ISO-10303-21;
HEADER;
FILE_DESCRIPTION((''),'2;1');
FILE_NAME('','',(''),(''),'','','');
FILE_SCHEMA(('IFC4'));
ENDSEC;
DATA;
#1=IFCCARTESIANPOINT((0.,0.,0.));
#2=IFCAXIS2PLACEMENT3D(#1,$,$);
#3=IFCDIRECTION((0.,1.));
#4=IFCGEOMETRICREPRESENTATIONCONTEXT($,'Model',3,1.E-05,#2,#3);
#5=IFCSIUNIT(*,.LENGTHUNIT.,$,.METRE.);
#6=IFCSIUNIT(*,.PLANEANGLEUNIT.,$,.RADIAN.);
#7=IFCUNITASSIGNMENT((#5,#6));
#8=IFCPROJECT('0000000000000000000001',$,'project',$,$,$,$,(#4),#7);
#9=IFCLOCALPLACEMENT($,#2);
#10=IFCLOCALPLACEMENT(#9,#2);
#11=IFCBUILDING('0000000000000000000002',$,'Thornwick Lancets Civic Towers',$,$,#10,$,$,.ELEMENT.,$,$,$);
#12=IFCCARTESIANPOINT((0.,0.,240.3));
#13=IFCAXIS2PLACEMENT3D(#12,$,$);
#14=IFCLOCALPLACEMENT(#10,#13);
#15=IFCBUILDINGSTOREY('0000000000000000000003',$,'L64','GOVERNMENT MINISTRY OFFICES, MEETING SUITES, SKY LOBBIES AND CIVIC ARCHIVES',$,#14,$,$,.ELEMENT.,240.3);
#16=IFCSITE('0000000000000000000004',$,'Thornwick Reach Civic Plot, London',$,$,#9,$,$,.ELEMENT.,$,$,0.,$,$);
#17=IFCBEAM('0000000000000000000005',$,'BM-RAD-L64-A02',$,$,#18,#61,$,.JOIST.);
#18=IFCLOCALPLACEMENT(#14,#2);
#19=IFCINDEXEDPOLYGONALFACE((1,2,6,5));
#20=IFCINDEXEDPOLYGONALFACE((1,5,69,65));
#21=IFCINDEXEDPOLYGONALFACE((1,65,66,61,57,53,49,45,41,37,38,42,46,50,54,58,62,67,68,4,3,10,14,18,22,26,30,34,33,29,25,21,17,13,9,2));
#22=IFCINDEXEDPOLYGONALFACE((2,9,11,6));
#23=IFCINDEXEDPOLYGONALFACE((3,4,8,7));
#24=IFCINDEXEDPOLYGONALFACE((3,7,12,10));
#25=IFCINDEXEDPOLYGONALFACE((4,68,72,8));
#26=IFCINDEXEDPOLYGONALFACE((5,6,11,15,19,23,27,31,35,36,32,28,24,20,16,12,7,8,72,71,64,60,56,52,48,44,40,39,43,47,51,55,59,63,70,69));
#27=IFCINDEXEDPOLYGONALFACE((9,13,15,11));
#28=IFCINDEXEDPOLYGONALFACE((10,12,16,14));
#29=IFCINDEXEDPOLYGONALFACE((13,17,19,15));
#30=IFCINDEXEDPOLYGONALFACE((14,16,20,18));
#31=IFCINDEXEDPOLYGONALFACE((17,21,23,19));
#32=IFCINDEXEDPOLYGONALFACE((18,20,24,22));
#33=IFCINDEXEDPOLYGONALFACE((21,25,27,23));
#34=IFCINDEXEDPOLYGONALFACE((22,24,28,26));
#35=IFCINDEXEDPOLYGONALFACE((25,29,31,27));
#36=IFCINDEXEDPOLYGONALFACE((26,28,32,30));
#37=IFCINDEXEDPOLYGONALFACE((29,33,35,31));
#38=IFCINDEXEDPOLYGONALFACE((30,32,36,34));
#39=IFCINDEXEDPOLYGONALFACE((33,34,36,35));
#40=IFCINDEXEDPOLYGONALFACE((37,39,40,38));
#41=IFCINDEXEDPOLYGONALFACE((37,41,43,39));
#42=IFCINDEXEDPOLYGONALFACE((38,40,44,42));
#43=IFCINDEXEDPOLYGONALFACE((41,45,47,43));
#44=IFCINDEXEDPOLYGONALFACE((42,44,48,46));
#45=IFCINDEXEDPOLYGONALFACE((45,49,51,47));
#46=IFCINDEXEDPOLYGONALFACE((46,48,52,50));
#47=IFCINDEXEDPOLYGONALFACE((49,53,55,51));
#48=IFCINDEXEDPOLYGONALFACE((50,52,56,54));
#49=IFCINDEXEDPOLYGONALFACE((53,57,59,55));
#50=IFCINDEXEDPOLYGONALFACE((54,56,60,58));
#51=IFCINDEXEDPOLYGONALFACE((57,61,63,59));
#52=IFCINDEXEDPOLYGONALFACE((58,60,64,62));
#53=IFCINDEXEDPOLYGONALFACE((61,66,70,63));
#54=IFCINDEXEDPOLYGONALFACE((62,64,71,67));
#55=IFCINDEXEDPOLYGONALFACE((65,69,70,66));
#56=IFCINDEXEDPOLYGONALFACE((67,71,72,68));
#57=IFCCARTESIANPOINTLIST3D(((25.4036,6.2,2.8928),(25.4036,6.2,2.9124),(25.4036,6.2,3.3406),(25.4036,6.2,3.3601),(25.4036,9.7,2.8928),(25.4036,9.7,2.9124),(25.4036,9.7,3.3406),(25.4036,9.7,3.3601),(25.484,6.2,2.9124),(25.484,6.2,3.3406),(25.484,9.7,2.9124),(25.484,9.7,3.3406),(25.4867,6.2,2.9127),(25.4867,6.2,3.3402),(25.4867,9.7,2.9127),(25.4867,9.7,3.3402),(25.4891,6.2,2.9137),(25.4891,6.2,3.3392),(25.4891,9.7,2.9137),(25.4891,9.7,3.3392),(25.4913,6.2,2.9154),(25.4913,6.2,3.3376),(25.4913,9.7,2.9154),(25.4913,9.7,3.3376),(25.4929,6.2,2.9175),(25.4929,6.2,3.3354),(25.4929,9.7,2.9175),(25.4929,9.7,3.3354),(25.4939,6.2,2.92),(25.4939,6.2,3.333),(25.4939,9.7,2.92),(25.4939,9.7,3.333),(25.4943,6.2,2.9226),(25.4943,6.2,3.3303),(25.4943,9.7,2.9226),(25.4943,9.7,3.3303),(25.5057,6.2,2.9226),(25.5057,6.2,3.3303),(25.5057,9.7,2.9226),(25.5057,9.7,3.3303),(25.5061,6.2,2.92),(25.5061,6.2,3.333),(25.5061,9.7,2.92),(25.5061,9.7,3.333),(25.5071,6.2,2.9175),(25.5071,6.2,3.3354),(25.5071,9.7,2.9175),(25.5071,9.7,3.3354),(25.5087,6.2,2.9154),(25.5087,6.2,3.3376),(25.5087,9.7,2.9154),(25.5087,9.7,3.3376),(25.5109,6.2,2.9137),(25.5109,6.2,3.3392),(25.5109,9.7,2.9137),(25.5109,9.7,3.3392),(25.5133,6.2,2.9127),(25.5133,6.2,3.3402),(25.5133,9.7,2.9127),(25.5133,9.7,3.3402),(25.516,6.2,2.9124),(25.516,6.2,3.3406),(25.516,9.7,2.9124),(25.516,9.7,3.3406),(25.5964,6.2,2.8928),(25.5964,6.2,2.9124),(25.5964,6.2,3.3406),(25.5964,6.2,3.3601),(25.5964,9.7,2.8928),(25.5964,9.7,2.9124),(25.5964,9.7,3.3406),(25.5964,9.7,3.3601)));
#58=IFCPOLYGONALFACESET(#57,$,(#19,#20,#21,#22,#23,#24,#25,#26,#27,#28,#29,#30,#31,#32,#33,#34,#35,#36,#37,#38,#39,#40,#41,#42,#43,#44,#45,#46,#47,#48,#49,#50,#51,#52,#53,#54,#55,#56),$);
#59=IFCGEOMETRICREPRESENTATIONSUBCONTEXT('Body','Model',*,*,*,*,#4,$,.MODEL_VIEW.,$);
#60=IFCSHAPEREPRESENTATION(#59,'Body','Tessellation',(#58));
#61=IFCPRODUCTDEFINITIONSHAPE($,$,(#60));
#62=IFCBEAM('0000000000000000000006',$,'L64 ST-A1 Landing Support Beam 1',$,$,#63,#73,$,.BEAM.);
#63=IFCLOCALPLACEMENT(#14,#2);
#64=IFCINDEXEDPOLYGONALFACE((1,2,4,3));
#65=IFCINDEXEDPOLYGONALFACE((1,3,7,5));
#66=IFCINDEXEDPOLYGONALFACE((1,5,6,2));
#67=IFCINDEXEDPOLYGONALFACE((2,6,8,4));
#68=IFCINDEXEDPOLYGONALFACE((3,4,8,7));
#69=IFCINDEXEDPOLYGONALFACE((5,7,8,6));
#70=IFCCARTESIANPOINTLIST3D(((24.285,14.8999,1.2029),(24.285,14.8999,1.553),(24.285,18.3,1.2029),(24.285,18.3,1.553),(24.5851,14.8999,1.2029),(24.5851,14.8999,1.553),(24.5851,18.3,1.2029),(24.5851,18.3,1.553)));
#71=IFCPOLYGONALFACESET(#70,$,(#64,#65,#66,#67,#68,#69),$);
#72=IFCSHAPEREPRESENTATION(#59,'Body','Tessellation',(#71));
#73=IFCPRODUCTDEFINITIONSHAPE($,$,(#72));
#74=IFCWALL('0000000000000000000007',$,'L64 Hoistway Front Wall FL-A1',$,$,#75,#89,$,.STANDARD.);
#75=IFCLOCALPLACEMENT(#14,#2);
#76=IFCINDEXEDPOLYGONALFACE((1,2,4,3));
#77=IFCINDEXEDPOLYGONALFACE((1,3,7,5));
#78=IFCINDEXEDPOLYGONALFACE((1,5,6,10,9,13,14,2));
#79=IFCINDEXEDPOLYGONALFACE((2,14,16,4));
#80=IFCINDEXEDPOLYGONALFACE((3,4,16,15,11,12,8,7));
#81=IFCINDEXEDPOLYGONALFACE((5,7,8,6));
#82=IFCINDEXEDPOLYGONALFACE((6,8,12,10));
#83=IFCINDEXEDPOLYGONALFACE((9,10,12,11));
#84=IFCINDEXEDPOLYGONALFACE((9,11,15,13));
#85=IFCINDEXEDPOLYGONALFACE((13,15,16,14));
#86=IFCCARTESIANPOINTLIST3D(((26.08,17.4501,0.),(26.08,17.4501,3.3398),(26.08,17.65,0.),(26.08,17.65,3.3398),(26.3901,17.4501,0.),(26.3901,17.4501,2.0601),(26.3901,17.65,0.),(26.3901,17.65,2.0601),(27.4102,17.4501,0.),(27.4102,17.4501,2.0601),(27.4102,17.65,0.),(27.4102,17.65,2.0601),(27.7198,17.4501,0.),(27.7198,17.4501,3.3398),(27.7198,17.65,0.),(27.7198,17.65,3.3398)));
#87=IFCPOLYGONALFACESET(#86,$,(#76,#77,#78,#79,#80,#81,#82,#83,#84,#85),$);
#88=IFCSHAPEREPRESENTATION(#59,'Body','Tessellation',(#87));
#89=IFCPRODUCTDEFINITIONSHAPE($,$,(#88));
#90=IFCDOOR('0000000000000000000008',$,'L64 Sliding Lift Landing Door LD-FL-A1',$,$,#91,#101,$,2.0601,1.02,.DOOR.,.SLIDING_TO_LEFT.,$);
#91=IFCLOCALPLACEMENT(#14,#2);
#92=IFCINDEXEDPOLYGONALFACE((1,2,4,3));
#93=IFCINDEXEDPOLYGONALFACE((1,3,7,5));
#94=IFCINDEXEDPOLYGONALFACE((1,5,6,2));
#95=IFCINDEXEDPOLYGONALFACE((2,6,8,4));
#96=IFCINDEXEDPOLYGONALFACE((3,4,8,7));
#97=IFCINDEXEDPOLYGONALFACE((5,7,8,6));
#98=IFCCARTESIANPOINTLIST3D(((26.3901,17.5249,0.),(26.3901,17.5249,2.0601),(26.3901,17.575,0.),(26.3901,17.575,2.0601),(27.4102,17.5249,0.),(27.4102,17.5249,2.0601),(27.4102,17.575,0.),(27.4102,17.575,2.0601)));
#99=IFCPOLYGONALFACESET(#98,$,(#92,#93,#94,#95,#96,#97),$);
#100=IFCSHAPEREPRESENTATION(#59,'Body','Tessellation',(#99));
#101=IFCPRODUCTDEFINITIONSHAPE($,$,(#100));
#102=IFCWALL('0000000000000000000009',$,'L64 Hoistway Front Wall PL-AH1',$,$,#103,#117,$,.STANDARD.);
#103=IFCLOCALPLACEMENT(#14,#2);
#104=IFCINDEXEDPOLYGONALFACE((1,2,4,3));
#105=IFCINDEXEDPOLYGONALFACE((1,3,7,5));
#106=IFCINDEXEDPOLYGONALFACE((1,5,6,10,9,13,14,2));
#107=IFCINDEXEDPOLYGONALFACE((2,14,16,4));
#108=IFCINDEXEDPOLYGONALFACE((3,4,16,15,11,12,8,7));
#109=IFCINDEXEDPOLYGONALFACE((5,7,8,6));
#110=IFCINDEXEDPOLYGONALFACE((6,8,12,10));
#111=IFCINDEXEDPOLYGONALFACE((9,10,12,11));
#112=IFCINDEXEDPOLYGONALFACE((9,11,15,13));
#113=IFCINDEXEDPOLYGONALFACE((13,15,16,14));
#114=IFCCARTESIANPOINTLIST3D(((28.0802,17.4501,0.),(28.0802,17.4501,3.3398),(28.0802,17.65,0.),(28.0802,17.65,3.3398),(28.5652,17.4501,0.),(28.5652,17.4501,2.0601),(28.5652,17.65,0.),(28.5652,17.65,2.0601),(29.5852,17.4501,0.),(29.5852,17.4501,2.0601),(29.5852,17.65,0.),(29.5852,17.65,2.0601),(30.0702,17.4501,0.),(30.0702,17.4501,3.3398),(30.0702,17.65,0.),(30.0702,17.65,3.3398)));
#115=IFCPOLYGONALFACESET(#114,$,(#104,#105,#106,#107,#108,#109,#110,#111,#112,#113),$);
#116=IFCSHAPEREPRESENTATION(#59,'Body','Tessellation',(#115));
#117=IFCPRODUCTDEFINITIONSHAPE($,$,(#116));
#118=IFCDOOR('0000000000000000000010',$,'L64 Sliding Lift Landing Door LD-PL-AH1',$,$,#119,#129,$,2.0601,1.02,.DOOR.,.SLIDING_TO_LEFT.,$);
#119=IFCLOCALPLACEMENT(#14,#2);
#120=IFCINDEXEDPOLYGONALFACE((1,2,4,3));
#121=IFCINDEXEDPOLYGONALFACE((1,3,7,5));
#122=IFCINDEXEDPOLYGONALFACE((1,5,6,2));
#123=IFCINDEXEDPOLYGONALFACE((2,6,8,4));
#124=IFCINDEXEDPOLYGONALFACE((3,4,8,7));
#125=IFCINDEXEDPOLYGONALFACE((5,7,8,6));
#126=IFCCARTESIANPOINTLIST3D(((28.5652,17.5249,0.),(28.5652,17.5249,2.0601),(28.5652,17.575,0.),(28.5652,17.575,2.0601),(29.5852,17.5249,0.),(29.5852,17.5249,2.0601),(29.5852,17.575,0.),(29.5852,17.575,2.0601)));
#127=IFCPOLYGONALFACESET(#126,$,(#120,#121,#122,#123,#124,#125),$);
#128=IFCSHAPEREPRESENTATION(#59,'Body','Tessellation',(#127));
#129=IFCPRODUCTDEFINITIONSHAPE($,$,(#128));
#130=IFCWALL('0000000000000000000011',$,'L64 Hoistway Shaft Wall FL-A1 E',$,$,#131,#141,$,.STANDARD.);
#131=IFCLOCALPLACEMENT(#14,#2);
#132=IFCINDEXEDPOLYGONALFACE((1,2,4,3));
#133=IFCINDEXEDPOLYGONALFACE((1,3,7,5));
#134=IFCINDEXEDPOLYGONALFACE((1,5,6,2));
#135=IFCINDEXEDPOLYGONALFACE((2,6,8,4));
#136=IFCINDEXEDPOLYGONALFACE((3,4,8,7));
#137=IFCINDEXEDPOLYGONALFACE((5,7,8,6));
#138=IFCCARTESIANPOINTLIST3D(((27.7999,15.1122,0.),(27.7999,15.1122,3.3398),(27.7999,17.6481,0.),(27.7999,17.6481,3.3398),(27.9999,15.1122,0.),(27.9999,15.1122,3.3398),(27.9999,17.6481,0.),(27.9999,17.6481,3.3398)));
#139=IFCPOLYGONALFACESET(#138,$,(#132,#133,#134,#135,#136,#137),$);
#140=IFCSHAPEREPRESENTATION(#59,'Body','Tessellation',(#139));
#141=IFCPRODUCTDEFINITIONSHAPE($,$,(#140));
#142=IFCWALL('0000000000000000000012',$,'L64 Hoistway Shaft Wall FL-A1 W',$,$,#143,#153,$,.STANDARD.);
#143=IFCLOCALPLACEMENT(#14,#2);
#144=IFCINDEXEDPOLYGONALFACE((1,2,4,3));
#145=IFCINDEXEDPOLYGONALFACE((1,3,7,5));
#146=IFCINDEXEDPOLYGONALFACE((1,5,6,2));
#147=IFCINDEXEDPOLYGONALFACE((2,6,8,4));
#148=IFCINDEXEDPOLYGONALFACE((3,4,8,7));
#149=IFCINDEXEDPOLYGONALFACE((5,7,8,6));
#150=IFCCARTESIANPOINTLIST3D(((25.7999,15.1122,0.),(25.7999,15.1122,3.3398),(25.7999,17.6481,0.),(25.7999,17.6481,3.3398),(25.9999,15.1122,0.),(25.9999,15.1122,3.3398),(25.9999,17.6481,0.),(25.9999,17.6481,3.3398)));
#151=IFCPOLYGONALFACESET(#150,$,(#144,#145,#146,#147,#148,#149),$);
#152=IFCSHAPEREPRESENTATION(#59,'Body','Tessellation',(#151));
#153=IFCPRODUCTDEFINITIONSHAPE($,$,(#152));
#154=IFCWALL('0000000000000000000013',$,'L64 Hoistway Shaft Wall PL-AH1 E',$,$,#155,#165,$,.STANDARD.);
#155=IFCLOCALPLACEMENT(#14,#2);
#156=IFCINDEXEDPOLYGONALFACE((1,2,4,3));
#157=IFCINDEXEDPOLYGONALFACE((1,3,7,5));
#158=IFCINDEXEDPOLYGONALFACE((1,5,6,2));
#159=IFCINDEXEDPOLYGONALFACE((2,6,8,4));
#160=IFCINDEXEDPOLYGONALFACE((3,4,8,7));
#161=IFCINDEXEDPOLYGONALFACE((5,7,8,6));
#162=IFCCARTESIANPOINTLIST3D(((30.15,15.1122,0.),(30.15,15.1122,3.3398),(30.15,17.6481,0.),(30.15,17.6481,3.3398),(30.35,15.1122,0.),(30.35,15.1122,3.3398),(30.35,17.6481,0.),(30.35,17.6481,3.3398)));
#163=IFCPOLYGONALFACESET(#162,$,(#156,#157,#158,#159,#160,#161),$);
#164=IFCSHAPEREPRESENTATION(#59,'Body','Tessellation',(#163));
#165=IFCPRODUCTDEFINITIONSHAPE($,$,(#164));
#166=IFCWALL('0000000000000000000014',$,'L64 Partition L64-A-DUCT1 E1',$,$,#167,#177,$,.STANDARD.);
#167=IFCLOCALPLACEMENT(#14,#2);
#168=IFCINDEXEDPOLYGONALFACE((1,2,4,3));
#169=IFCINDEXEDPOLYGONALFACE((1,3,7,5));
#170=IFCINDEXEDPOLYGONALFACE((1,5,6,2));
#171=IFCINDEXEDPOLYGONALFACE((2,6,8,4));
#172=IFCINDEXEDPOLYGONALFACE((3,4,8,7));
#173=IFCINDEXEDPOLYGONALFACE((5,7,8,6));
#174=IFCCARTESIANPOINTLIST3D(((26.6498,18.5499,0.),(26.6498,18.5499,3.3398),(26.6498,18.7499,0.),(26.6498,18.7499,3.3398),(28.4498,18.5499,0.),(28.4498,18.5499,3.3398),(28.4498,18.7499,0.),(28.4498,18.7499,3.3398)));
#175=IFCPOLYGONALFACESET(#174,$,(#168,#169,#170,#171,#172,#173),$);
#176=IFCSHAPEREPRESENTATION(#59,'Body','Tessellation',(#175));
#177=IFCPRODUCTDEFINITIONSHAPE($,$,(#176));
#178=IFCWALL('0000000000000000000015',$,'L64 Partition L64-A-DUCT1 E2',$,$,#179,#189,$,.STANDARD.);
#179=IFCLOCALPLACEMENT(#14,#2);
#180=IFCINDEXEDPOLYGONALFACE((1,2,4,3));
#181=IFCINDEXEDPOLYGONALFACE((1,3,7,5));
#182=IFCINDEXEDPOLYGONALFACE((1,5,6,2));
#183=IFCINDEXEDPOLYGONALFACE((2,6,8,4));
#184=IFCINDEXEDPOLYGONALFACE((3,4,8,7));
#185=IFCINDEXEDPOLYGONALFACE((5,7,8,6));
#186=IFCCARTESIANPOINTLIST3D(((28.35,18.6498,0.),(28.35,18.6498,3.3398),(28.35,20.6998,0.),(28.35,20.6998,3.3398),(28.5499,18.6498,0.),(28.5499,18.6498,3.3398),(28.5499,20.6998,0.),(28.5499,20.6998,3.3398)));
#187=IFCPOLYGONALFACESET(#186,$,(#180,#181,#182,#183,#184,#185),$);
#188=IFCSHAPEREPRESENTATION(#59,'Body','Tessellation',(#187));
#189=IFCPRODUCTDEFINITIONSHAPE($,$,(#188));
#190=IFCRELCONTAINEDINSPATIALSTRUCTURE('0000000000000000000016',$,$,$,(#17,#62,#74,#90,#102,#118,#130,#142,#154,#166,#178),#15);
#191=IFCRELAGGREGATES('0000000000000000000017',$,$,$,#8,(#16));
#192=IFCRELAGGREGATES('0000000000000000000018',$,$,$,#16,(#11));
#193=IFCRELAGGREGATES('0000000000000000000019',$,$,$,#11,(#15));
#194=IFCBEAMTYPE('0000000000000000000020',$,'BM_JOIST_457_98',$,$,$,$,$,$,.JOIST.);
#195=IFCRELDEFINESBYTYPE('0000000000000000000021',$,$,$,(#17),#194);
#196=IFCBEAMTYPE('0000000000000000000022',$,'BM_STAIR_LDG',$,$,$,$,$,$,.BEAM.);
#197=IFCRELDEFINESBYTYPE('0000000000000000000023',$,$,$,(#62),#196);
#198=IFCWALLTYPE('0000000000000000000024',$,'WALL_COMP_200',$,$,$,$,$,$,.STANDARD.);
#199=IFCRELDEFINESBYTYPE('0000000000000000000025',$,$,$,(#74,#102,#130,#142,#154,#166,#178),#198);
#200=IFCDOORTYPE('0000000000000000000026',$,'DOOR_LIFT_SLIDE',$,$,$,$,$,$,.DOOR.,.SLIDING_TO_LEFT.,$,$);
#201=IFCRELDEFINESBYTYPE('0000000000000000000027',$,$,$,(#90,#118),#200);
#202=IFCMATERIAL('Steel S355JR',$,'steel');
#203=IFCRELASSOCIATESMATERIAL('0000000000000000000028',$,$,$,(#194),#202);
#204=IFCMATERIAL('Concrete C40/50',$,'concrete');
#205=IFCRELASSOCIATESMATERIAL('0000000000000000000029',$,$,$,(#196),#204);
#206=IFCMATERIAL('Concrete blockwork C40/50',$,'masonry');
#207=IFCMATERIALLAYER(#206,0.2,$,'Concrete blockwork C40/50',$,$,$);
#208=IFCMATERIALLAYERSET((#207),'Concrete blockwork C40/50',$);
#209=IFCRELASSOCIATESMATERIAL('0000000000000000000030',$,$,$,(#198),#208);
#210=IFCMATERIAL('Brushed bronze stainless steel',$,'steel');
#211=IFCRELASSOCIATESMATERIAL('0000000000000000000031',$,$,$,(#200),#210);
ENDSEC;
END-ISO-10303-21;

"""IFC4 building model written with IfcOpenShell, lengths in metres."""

from ifc_helpers import new_model, si_unit, direction, frame, frame_2d, origin, origin_2d, place, context, subcontext, project, spatial, rectangle, i_section, extrude, material, layer, layer_set, material_profile, profile_set, type_object, element, fill, save


model = new_model("IFC4")

# Units and contexts
model_context = context("Model", 3, precision=1e-05, world=origin(), true_north=direction((0.0, 1.0)))
body_context = subcontext(model_context, "Body", "Model", "MODEL_VIEW")
ifc_project = project(units=[si_unit("LENGTHUNIT", "METRE"), si_unit("PLANEANGLEUNIT", "RADIAN")], contexts=[model_context])

# Site, building, storey
site_placement = place(None, origin())
site = spatial("IfcSite", under=ifc_project, at=site_placement, Name="Thornwick Reach Civic Plot, London", CompositionType="ELEMENT", RefElevation=0.0)
building_placement = place(site_placement, origin())
building = spatial("IfcBuilding", under=site, at=building_placement, Name="Thornwick Lancets Civic Towers", CompositionType="ELEMENT")
storey_placement = place(building_placement, frame((0.0, 0.0, 240.3)))
storey = spatial("IfcBuildingStorey", under=building, at=storey_placement, Name="L64", Description="GOVERNMENT MINISTRY OFFICES, MEETING SUITES, SKY LOBBIES AND CIVIC ARCHIVES", CompositionType="ELEMENT", Elevation=240.3)

# Shared definitions
ifc_material_1 = material(Name="Steel S355JR", Category="steel")

# Beams
ifc_material_profile_1 = material_profile(ifc_material_1, i_section(OverallWidth=0.1929, OverallDepth=0.4673, WebThickness=0.0115, FlangeThickness=0.0195, FilletRadius=0.0103, at=origin_2d()), Name="UKB 457x191x98")
ifc_profile_set_1 = profile_set([ifc_material_profile_1], Name="Steel S355JR")
beam_type_1 = type_object("IfcBeamType", Name="BM_JOIST_457_98", PredefinedType="JOIST", material=ifc_profile_set_1)
beam_1_placement = place(storey_placement, frame((25.5, 9.7, 3.1265), z_axis=(0.0, -1.0, 0.0), x_axis=(1.0, 0.0, 0.0)))
element("IfcBeam", 1, at=beam_1_placement, inside=storey, type_object=beam_type_1, Name="BM-RAD-L64-A02", PredefinedType="JOIST", context=body_context, shape_type="SweptSolid", body=[
    extrude(i_section(OverallWidth=0.1929, OverallDepth=0.4673, WebThickness=0.0115, FlangeThickness=0.0195, FilletRadius=0.0103, at=origin_2d()), origin(), (0.0, 0.0, 1.0), 3.5),
])
ifc_material_2 = material(Name="Concrete C40/50", Category="concrete")
ifc_material_profile_2 = material_profile(ifc_material_2, rectangle(XDim=0.3, YDim=0.3501, at=origin_2d()), Name="RC 300x350")
ifc_profile_set_2 = profile_set([ifc_material_profile_2], Name="Concrete C40/50")
beam_type_2 = type_object("IfcBeamType", Name="BM_STAIR_LDG", PredefinedType="BEAM", material=ifc_profile_set_2)
beam_2_placement = place(storey_placement, frame((24.4351, 14.8999, 1.3779), z_axis=(0.0, 1.0, 0.0), x_axis=(-1.0, 0.0, 0.0)))
element("IfcBeam", 2, at=beam_2_placement, inside=storey, type_object=beam_type_2, Name="L64 ST-A1 Landing Support Beam 1", PredefinedType="BEAM", context=body_context, shape_type="SweptSolid", body=[
    extrude(rectangle(XDim=0.3, YDim=0.3501, at=origin_2d()), origin(), (0.0, 0.0, 1.0), 3.4001),
])

# Walls, openings, doors
ifc_material_3 = material(Name="Concrete blockwork C40/50", Category="masonry")
ifc_layer_1 = layer(ifc_material_3, 0.2, Name="Concrete blockwork C40/50")
ifc_layer_set_1 = layer_set([ifc_layer_1], Name="Concrete blockwork C40/50")
wall_type_1 = type_object("IfcWallType", Name="WALL_COMP_200", PredefinedType="STANDARD", material=ifc_layer_set_1)
wall_1_placement = place(storey_placement, frame((26.0801, 17.55, 0.0), z_axis=(0.0, 0.0, 1.0), x_axis=(1.0, 0.0, 0.0)))
wall_1 = element("IfcWall", 3, at=wall_1_placement, inside=storey, type_object=wall_type_1, Name="L64 Hoistway Front Wall FL-A1", PredefinedType="STANDARD", context=body_context, shape_type="SweptSolid", body=[
    extrude(rectangle(XDim=1.6399, YDim=0.2, at=frame_2d((0.8198, 0.0))), origin(), (0.0, 0.0, 1.0), 3.3398),
])
opening_1_placement = place(wall_1_placement, frame((0.3101, 0.0, 0.0)))
opening_1 = element("IfcOpeningElement", 4, at=opening_1_placement, cuts=wall_1, PredefinedType="OPENING", context=body_context, shape_type="SweptSolid", body=[
    extrude(rectangle(XDim=1.02, YDim=2.0601, at=frame_2d((0.51, 1.03))), frame((0.0, 0.1099, 0.0), z_axis=(0.0, -1.0, 0.0), x_axis=(1.0, 0.0, 0.0)), (0.0, 0.0, 1.0), 0.22),
])
ifc_material_4 = material(Name="Brushed bronze stainless steel", Category="steel")
door_type_1 = type_object("IfcDoorType", Name="DOOR_LIFT_SLIDE", OperationType="SLIDING_TO_LEFT", PredefinedType="DOOR", material=ifc_material_4)
door_1_placement = place(opening_1_placement, origin())
door_1 = element("IfcDoor", 5, at=door_1_placement, inside=storey, type_object=door_type_1, Name="L64 Sliding Lift Landing Door LD-FL-A1", OperationType="SLIDING_TO_LEFT", OverallHeight=2.0601, OverallWidth=1.02, PredefinedType="DOOR", context=body_context, shape_type="SweptSolid", body=[
    extrude(rectangle(XDim=1.02, YDim=2.0601, at=frame_2d((0.51, 1.03))), frame((0.0, 0.0249, 0.0), z_axis=(0.0, -1.0, 0.0), x_axis=(1.0, 0.0, 0.0)), (0.0, 0.0, 1.0), 0.05),
])
fill(opening_1, door_1)
wall_2_placement = place(storey_placement, frame((28.0801, 17.55, 0.0), z_axis=(0.0, 0.0, 1.0), x_axis=(1.0, 0.0, 0.0)))
wall_2 = element("IfcWall", 6, at=wall_2_placement, inside=storey, type_object=wall_type_1, Name="L64 Hoistway Front Wall PL-AH1", PredefinedType="STANDARD", context=body_context, shape_type="SweptSolid", body=[
    extrude(rectangle(XDim=1.99, YDim=0.2, at=frame_2d((0.9951, 0.0))), origin(), (0.0, 0.0, 1.0), 3.3398),
])
opening_2_placement = place(wall_2_placement, frame((0.4851, 0.0, 0.0)))
opening_2 = element("IfcOpeningElement", 7, at=opening_2_placement, cuts=wall_2, PredefinedType="OPENING", context=body_context, shape_type="SweptSolid", body=[
    extrude(rectangle(XDim=1.02, YDim=2.0601, at=frame_2d((0.51, 1.03))), frame((0.0, 0.1099, 0.0), z_axis=(0.0, -1.0, 0.0), x_axis=(1.0, 0.0, 0.0)), (0.0, 0.0, 1.0), 0.22),
])
door_2_placement = place(opening_2_placement, origin())
door_2 = element("IfcDoor", 8, at=door_2_placement, inside=storey, type_object=door_type_1, Name="L64 Sliding Lift Landing Door LD-PL-AH1", OperationType="SLIDING_TO_LEFT", OverallHeight=2.0601, OverallWidth=1.02, PredefinedType="DOOR", context=body_context, shape_type="SweptSolid", body=[
    extrude(rectangle(XDim=1.02, YDim=2.0601, at=frame_2d((0.51, 1.03))), frame((0.0, 0.0249, 0.0), z_axis=(0.0, -1.0, 0.0), x_axis=(1.0, 0.0, 0.0)), (0.0, 0.0, 1.0), 0.05),
])
fill(opening_2, door_2)

# Walls
for number, where, z_axis, x_axis, name in (
    (9, (27.8999, 15.1121, 0.0), (0.0, 0.0, 1.0), (0.0, 1.0, 0.0), "L64 Hoistway Shaft Wall FL-A1 E"),
    (10, (25.8999, 15.1121, 0.0), (0.0, 0.0, 1.0), (0.0, 1.0, 0.0), "L64 Hoistway Shaft Wall FL-A1 W"),
    (11, (30.25, 15.1121, 0.0), (0.0, 0.0, 1.0), (0.0, 1.0, 0.0), "L64 Hoistway Shaft Wall PL-AH1 E"),
):
    element("IfcWall", number, at=place(storey_placement, frame(where, z_axis=z_axis, x_axis=x_axis)), inside=storey, type_object=wall_type_1, Name=name, PredefinedType="STANDARD", context=body_context, shape_type="SweptSolid", body=[
        extrude(rectangle(XDim=2.5359, YDim=0.2, at=frame_2d((1.2681, 0.0))), origin(), (0.0, 0.0, 1.0), 3.3398),
    ])
wall_3_placement = place(storey_placement, frame((26.6499, 18.6499, 0.0), z_axis=(0.0, 0.0, 1.0), x_axis=(1.0, 0.0, 0.0)))
element("IfcWall", 12, at=wall_3_placement, inside=storey, type_object=wall_type_1, Name="L64 Partition L64-A-DUCT1 E1", PredefinedType="STANDARD", context=body_context, shape_type="SweptSolid", body=[
    extrude(rectangle(XDim=1.8, YDim=0.2, at=frame_2d((0.8999, 0.0))), origin(), (0.0, 0.0, 1.0), 3.3398),
])
wall_4_placement = place(storey_placement, frame((28.45, 18.6499, 0.0), z_axis=(0.0, 0.0, 1.0), x_axis=(0.0, 1.0, 0.0)))
element("IfcWall", 13, at=wall_4_placement, inside=storey, type_object=wall_type_1, Name="L64 Partition L64-A-DUCT1 E2", PredefinedType="STANDARD", context=body_context, shape_type="SweptSolid", body=[
    extrude(rectangle(XDim=2.05, YDim=0.2, at=frame_2d((1.0249, 0.0))), origin(), (0.0, 0.0, 1.0), 3.3398),
])

save(model, "model.ifc")
